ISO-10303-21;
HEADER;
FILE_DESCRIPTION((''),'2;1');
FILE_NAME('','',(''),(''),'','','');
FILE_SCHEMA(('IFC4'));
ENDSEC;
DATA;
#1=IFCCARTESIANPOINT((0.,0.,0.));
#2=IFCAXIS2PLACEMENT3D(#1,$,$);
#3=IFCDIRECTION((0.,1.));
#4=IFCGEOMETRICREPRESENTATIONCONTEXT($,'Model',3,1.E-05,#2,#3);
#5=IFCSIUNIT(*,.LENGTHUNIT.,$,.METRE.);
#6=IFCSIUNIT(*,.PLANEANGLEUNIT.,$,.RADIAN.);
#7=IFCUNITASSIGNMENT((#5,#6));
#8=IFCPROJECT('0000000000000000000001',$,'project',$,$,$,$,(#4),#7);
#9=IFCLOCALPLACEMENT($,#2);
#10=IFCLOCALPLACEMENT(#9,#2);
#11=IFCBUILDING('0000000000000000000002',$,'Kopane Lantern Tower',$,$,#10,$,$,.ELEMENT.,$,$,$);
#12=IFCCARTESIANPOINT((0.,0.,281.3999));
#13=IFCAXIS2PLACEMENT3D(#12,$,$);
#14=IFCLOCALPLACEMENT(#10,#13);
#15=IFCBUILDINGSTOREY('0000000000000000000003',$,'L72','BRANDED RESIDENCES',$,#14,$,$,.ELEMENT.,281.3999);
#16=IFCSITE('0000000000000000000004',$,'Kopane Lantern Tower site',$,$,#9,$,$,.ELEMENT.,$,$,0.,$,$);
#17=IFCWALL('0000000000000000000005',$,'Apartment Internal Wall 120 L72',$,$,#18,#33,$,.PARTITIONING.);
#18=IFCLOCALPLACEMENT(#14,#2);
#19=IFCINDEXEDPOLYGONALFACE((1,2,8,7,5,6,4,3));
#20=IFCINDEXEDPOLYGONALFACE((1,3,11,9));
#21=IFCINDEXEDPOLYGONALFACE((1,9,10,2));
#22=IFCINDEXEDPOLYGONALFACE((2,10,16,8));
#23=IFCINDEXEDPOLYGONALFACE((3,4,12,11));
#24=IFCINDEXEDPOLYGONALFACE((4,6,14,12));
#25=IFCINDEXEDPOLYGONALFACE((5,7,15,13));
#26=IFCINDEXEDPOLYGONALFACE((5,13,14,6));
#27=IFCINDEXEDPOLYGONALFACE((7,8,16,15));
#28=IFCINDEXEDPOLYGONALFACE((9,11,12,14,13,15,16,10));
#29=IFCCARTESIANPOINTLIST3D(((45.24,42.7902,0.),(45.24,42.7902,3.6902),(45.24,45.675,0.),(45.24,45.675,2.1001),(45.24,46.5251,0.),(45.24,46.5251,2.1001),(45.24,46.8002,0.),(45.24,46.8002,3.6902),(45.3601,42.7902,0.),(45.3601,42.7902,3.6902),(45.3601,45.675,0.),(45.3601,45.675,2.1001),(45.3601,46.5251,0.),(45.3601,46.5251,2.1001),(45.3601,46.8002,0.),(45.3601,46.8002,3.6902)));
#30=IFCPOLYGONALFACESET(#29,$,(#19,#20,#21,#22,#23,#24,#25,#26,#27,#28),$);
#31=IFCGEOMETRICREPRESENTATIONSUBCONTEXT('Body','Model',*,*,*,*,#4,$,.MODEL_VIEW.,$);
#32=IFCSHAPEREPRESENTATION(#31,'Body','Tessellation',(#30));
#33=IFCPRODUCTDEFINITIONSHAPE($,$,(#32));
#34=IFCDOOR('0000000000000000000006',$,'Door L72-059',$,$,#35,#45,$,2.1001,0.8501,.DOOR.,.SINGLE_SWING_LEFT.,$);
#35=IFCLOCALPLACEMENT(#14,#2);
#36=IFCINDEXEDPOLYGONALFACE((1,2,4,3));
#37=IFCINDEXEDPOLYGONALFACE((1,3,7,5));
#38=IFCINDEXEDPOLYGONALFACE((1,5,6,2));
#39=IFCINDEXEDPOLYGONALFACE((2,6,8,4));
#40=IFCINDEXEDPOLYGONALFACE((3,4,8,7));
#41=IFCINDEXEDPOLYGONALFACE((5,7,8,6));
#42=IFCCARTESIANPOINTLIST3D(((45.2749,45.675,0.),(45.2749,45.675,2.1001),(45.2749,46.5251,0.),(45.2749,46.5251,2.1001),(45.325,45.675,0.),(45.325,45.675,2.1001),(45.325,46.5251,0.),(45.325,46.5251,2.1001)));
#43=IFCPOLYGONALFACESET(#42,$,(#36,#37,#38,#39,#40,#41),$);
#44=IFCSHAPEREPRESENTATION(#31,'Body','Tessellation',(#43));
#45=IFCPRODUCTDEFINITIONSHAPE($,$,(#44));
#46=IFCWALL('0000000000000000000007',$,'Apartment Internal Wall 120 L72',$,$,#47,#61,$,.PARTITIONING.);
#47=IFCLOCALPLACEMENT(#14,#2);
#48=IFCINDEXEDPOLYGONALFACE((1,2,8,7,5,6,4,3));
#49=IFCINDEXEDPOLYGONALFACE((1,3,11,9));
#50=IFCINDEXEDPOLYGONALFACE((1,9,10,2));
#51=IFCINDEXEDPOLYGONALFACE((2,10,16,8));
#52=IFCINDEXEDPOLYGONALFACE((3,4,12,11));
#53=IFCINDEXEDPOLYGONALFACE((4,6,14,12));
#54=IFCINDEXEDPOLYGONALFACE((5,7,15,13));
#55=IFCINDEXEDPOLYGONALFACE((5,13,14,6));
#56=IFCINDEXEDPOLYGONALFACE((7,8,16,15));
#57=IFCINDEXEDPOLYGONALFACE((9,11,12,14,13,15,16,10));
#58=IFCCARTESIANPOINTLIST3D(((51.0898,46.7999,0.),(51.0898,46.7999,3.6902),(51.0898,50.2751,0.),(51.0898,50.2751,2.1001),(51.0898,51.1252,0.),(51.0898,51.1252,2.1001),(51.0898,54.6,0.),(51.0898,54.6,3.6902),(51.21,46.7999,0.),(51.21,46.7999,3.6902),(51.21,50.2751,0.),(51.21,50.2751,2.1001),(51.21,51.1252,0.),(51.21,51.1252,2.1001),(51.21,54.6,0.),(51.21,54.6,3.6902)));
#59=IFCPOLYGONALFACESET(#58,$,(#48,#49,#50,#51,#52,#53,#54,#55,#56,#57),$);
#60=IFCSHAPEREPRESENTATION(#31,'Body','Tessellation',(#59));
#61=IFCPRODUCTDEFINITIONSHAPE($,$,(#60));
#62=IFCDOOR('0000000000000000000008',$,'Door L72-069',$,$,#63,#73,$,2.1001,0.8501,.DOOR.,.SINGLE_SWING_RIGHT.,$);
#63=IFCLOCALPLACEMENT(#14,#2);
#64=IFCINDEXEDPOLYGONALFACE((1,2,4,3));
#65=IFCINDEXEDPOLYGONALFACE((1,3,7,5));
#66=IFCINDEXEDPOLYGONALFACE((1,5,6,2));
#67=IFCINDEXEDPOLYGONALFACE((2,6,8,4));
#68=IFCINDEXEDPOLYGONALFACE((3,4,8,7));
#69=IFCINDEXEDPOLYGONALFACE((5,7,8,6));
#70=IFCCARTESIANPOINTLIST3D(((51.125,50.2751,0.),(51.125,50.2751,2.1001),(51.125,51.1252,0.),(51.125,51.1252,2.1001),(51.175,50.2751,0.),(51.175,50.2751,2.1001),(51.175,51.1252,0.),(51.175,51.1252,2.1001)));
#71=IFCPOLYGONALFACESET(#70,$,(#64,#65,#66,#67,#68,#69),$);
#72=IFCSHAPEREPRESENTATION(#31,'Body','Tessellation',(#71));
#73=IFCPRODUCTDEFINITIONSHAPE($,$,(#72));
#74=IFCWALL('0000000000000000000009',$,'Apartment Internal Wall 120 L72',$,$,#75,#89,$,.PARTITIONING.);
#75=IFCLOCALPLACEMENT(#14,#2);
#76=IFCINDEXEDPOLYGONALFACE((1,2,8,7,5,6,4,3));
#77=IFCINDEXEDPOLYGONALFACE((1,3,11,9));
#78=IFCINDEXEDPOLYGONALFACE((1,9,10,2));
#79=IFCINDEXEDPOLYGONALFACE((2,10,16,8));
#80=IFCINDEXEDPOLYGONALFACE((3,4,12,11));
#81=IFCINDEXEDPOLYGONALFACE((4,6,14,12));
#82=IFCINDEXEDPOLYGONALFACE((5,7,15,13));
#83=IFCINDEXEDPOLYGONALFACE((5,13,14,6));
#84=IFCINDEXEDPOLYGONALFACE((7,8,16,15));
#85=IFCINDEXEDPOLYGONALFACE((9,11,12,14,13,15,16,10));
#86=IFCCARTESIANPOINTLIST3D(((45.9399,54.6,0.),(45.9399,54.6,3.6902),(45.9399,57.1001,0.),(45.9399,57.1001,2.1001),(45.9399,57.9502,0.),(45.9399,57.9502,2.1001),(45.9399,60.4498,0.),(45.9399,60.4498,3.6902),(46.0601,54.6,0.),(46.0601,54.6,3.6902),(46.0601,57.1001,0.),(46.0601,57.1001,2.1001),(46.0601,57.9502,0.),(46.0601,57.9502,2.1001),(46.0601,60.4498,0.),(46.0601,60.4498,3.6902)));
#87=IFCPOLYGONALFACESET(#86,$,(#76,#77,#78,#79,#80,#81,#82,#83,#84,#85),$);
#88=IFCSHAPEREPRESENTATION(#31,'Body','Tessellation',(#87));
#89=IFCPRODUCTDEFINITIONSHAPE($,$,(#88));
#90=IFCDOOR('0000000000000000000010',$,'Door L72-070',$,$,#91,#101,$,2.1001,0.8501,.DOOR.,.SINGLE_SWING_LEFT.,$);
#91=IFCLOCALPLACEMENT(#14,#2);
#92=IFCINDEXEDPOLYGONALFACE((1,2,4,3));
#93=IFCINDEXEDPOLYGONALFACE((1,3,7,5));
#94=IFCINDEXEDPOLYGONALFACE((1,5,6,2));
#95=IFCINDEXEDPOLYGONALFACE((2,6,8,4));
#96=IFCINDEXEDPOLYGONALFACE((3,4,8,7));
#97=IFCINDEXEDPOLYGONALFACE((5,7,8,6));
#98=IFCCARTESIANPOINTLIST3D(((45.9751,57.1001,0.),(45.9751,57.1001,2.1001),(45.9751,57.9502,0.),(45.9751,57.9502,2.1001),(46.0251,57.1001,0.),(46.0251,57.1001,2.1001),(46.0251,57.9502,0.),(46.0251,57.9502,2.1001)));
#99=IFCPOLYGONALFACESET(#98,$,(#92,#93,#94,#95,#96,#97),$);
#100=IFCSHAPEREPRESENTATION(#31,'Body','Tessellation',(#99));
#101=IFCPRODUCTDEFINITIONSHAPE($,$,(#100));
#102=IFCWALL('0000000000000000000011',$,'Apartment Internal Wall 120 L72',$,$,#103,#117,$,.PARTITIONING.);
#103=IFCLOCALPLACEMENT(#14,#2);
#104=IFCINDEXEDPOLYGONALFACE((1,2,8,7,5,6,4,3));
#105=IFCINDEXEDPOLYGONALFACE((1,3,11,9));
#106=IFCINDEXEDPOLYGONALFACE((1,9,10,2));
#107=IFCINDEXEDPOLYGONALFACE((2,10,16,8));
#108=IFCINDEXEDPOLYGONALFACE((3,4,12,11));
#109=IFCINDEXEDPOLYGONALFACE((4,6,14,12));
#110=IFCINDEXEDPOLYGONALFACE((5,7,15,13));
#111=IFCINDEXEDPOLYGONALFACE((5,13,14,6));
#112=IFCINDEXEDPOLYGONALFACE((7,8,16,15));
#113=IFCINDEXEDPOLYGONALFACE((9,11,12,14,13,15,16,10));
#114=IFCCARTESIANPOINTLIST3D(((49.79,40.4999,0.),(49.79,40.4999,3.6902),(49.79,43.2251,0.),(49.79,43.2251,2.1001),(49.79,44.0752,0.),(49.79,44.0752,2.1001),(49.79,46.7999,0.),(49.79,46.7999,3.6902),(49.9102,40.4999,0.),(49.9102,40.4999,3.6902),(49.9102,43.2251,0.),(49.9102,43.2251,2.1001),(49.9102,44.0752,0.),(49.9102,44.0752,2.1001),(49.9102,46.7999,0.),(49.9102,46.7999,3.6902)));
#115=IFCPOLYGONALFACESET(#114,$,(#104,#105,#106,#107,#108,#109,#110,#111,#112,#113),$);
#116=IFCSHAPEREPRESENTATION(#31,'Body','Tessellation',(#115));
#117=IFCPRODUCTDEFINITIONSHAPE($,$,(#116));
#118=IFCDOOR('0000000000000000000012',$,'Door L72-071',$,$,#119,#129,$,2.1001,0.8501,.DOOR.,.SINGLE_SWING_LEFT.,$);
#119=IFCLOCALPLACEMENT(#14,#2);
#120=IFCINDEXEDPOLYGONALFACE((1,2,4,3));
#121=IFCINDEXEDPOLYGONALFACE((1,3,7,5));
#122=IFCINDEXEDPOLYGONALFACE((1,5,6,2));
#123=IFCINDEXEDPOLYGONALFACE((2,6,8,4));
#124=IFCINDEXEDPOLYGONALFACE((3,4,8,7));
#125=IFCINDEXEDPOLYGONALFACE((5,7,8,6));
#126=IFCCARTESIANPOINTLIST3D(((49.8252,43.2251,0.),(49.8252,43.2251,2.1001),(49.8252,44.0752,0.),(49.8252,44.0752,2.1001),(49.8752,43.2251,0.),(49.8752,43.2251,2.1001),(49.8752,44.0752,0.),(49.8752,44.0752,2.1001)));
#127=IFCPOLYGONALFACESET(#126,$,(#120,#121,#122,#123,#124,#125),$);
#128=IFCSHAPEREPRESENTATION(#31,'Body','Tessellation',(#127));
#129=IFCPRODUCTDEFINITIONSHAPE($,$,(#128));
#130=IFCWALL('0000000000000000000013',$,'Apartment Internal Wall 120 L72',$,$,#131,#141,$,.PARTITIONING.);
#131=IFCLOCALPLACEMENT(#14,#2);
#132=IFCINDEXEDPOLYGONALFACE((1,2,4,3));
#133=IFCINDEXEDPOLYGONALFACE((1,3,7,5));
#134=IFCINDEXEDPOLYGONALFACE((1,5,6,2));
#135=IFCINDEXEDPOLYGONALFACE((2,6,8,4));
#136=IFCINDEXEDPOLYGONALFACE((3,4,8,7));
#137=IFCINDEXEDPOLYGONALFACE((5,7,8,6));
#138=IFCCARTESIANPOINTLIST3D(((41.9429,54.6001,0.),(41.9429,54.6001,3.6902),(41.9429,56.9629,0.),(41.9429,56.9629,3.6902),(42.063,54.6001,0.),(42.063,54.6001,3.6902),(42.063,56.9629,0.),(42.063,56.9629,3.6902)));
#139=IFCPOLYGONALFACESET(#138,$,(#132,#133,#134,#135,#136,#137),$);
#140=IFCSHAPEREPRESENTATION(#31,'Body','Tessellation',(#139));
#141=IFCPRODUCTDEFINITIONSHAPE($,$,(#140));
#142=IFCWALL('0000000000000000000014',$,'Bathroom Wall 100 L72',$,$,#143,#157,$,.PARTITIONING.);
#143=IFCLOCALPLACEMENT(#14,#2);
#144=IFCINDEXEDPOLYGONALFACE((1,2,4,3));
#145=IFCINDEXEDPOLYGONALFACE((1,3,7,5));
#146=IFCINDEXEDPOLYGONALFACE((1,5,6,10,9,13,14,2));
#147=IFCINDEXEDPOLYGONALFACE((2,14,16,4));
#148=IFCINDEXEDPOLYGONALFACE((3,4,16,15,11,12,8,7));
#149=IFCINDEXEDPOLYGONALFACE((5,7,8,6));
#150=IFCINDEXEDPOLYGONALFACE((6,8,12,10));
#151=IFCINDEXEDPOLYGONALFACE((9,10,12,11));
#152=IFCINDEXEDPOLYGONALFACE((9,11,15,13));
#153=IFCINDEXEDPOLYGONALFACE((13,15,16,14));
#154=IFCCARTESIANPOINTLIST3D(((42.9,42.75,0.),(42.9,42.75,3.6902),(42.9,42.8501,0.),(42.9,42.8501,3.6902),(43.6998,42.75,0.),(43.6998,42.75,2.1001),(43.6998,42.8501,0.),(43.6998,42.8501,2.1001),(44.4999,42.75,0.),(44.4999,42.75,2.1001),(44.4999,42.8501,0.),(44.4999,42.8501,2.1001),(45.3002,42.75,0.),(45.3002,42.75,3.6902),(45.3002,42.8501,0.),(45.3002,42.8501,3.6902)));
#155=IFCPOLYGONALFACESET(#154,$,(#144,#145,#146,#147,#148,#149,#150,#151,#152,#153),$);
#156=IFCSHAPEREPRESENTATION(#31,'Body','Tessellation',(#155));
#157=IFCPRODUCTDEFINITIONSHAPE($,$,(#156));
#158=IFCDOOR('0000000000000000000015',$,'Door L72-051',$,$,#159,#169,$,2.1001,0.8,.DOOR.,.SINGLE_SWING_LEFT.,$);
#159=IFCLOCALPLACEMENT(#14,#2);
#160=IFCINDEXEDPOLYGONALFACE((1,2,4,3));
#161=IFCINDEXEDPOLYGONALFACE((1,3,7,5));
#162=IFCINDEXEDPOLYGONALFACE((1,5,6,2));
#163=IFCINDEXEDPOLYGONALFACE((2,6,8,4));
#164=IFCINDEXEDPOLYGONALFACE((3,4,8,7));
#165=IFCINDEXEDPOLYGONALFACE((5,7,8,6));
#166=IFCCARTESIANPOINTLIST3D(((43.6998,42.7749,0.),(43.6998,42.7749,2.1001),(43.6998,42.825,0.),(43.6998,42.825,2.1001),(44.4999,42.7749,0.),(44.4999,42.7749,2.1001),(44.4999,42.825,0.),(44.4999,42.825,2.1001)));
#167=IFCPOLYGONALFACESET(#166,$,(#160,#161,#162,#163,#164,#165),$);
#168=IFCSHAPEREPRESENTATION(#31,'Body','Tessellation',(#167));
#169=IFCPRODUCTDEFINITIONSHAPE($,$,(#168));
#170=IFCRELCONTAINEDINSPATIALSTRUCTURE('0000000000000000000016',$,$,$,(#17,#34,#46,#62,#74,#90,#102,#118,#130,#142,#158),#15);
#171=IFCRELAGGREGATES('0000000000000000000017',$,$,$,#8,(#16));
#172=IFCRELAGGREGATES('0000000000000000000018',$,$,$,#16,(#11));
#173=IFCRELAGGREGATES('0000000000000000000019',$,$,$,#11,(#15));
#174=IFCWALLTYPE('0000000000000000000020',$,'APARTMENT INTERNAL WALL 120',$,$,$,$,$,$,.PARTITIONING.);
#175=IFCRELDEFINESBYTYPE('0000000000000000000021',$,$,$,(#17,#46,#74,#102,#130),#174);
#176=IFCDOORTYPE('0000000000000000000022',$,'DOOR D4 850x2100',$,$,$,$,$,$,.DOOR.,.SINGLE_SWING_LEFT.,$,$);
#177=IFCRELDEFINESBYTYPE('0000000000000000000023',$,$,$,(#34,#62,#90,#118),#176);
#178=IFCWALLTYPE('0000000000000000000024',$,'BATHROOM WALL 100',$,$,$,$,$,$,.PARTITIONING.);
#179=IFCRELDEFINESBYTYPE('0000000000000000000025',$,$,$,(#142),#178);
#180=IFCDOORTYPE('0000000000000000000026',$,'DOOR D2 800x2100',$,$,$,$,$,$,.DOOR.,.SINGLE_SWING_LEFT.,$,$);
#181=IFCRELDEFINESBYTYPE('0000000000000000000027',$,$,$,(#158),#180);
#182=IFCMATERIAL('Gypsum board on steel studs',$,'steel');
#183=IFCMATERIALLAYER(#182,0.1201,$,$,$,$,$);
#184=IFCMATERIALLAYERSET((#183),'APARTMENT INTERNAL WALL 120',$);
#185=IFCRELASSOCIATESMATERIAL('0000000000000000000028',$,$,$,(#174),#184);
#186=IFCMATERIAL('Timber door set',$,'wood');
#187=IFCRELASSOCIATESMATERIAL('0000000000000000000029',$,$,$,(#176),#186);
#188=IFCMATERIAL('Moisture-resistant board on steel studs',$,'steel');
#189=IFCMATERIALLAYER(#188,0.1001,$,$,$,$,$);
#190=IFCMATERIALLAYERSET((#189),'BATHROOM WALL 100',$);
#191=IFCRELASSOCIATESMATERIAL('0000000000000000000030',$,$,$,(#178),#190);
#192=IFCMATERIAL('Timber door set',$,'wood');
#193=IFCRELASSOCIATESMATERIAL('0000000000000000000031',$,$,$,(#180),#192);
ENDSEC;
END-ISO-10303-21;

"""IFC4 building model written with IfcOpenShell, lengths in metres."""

from ifc_helpers import new_model, si_unit, direction, frame, frame_2d, origin, place, context, subcontext, project, spatial, rectangle, extrude, material, layer, layer_set, type_object, element, fill, save


model = new_model("IFC4")

# Units and contexts
model_context = context("Model", 3, precision=1e-05, world=origin(), true_north=direction((0.0, 1.0)))
body_context = subcontext(model_context, "Body", "Model", "MODEL_VIEW")
ifc_project = project(units=[si_unit("LENGTHUNIT", "METRE"), si_unit("PLANEANGLEUNIT", "RADIAN")], contexts=[model_context])

# Site, building, storey
site_placement = place(None, origin())
site = spatial("IfcSite", under=ifc_project, at=site_placement, Name="Kopane Lantern Tower site", CompositionType="ELEMENT", RefElevation=0.0)
building_placement = place(site_placement, origin())
building = spatial("IfcBuilding", under=site, at=building_placement, Name="Kopane Lantern Tower", CompositionType="ELEMENT")
storey_placement = place(building_placement, frame((0.0, 0.0, 281.3999)))
storey = spatial("IfcBuildingStorey", under=building, at=storey_placement, Name="L72", Description="BRANDED RESIDENCES", CompositionType="ELEMENT", Elevation=281.3999)

# Shared definitions
ifc_material_1 = material(Name="Gypsum board on steel studs", Category="steel")
ifc_layer_1 = layer(ifc_material_1, 0.1201)
ifc_layer_set_1 = layer_set([ifc_layer_1], Name="APARTMENT INTERNAL WALL 120")
wall_type_1 = type_object("IfcWallType", Name="APARTMENT INTERNAL WALL 120", PredefinedType="PARTITIONING", material=ifc_layer_set_1)
ifc_material_2 = material(Name="Timber door set", Category="wood")
door_type_1 = type_object("IfcDoorType", Name="DOOR D4 850x2100", OperationType="SINGLE_SWING_LEFT", PredefinedType="DOOR", material=ifc_material_2)

# Walls, openings, doors
wall_1_placement = place(storey_placement, frame((45.3, 46.8, 0.0), z_axis=(0.0, 0.0, 1.0), x_axis=(0.0, -1.0, 0.0)))
wall_1 = element("IfcWall", 1, at=wall_1_placement, inside=storey, type_object=wall_type_1, Name="Apartment Internal Wall 120 L72", PredefinedType="PARTITIONING", context=body_context, shape_type="SweptSolid", body=[
    extrude(rectangle(XDim=4.01, YDim=0.1201, at=frame_2d((2.0049, 0.0))), origin(), (0.0, 0.0, 1.0), 3.6902),
])
opening_1_placement = place(wall_1_placement, frame((0.2749, 0.0, 0.0)))
opening_1 = element("IfcOpeningElement", 2, at=opening_1_placement, cuts=wall_1, PredefinedType="OPENING", context=body_context, shape_type="SweptSolid", body=[
    extrude(rectangle(XDim=0.8501, YDim=2.1001, at=frame_2d((0.425, 1.05))), frame((0.0, 0.0701, 0.0), z_axis=(0.0, -1.0, 0.0), x_axis=(1.0, 0.0, 0.0)), (0.0, 0.0, 1.0), 0.1401),
])
door_1_placement = place(opening_1_placement, origin())
door_1 = element("IfcDoor", 3, at=door_1_placement, inside=storey, type_object=door_type_1, Name="Door L72-059", OperationType="SINGLE_SWING_LEFT", OverallHeight=2.1001, OverallWidth=0.8501, PredefinedType="DOOR", context=body_context, shape_type="SweptSolid", body=[
    extrude(rectangle(XDim=0.8501, YDim=2.1001, at=frame_2d((0.425, 1.05))), frame((0.0, 0.0249, 0.0), z_axis=(0.0, -1.0, 0.0), x_axis=(1.0, 0.0, 0.0)), (0.0, 0.0, 1.0), 0.05),
])
fill(opening_1, door_1)
wall_2_placement = place(storey_placement, frame((51.1499, 46.8, 0.0), z_axis=(0.0, 0.0, 1.0), x_axis=(0.0, 1.0, 0.0)))
wall_2 = element("IfcWall", 4, at=wall_2_placement, inside=storey, type_object=wall_type_1, Name="Apartment Internal Wall 120 L72", PredefinedType="PARTITIONING", context=body_context, shape_type="SweptSolid", body=[
    extrude(rectangle(XDim=7.8, YDim=0.1201, at=frame_2d((3.8999, 0.0))), origin(), (0.0, 0.0, 1.0), 3.6902),
])
opening_2_placement = place(wall_2_placement, frame((3.4751, 0.0, 0.0)))
opening_2 = element("IfcOpeningElement", 5, at=opening_2_placement, cuts=wall_2, PredefinedType="OPENING", context=body_context, shape_type="SweptSolid", body=[
    extrude(rectangle(XDim=0.8501, YDim=2.1001, at=frame_2d((0.425, 1.05))), frame((0.0, 0.0701, 0.0), z_axis=(0.0, -1.0, 0.0), x_axis=(1.0, 0.0, 0.0)), (0.0, 0.0, 1.0), 0.1401),
])
door_2_placement = place(opening_2_placement, origin())
door_2 = element("IfcDoor", 6, at=door_2_placement, inside=storey, type_object=door_type_1, Name="Door L72-069", OperationType="SINGLE_SWING_RIGHT", OverallHeight=2.1001, OverallWidth=0.8501, PredefinedType="DOOR", context=body_context, shape_type="SweptSolid", body=[
    extrude(rectangle(XDim=0.8501, YDim=2.1001, at=frame_2d((0.425, 1.05))), frame((0.0, 0.0249, 0.0), z_axis=(0.0, -1.0, 0.0), x_axis=(1.0, 0.0, 0.0)), (0.0, 0.0, 1.0), 0.05),
])
fill(opening_2, door_2)
wall_3_placement = place(storey_placement, frame((46.0, 54.6001, 0.0), z_axis=(0.0, 0.0, 1.0), x_axis=(0.0, 1.0, 0.0)))
wall_3 = element("IfcWall", 7, at=wall_3_placement, inside=storey, type_object=wall_type_1, Name="Apartment Internal Wall 120 L72", PredefinedType="PARTITIONING", context=body_context, shape_type="SweptSolid", body=[
    extrude(rectangle(XDim=5.8499, YDim=0.1201, at=frame_2d((2.9248, 0.0))), origin(), (0.0, 0.0, 1.0), 3.6902),
])
opening_3_placement = place(wall_3_placement, frame((2.5, 0.0, 0.0)))
opening_3 = element("IfcOpeningElement", 8, at=opening_3_placement, cuts=wall_3, PredefinedType="OPENING", context=body_context, shape_type="SweptSolid", body=[
    extrude(rectangle(XDim=0.8501, YDim=2.1001, at=frame_2d((0.425, 1.05))), frame((0.0, 0.0701, 0.0), z_axis=(0.0, -1.0, 0.0), x_axis=(1.0, 0.0, 0.0)), (0.0, 0.0, 1.0), 0.1401),
])
door_3_placement = place(opening_3_placement, origin())
door_3 = element("IfcDoor", 9, at=door_3_placement, inside=storey, type_object=door_type_1, Name="Door L72-070", OperationType="SINGLE_SWING_LEFT", OverallHeight=2.1001, OverallWidth=0.8501, PredefinedType="DOOR", context=body_context, shape_type="SweptSolid", body=[
    extrude(rectangle(XDim=0.8501, YDim=2.1001, at=frame_2d((0.425, 1.05))), frame((0.0, 0.0249, 0.0), z_axis=(0.0, -1.0, 0.0), x_axis=(1.0, 0.0, 0.0)), (0.0, 0.0, 1.0), 0.05),
])
fill(opening_3, door_3)
wall_4_placement = place(storey_placement, frame((49.8501, 40.5, 0.0), z_axis=(0.0, 0.0, 1.0), x_axis=(0.0, 1.0, 0.0)))
wall_4 = element("IfcWall", 10, at=wall_4_placement, inside=storey, type_object=wall_type_1, Name="Apartment Internal Wall 120 L72", PredefinedType="PARTITIONING", context=body_context, shape_type="SweptSolid", body=[
    extrude(rectangle(XDim=6.3, YDim=0.1201, at=frame_2d((3.1499, 0.0))), origin(), (0.0, 0.0, 1.0), 3.6902),
])
opening_4_placement = place(wall_4_placement, frame((2.7251, 0.0, 0.0)))
opening_4 = element("IfcOpeningElement", 11, at=opening_4_placement, cuts=wall_4, PredefinedType="OPENING", context=body_context, shape_type="SweptSolid", body=[
    extrude(rectangle(XDim=0.8501, YDim=2.1001, at=frame_2d((0.425, 1.05))), frame((0.0, 0.0701, 0.0), z_axis=(0.0, -1.0, 0.0), x_axis=(1.0, 0.0, 0.0)), (0.0, 0.0, 1.0), 0.1401),
])
door_4_placement = place(opening_4_placement, origin())
door_4 = element("IfcDoor", 12, at=door_4_placement, inside=storey, type_object=door_type_1, Name="Door L72-071", OperationType="SINGLE_SWING_LEFT", OverallHeight=2.1001, OverallWidth=0.8501, PredefinedType="DOOR", context=body_context, shape_type="SweptSolid", body=[
    extrude(rectangle(XDim=0.8501, YDim=2.1001, at=frame_2d((0.425, 1.05))), frame((0.0, 0.0249, 0.0), z_axis=(0.0, -1.0, 0.0), x_axis=(1.0, 0.0, 0.0)), (0.0, 0.0, 1.0), 0.05),
])
fill(opening_4, door_4)

# Wall
wall_5_placement = place(storey_placement, frame((42.0029, 54.6001, 0.0), z_axis=(0.0, 0.0, 1.0), x_axis=(0.0, 1.0, 0.0)))
element("IfcWall", 13, at=wall_5_placement, inside=storey, type_object=wall_type_1, Name="Apartment Internal Wall 120 L72", PredefinedType="PARTITIONING", context=body_context, shape_type="SweptSolid", body=[
    extrude(rectangle(XDim=2.3628, YDim=0.1201, at=frame_2d((1.1814, 0.0))), origin(), (0.0, 0.0, 1.0), 3.6902),
])

# Wall, opening, door
ifc_material_3 = material(Name="Moisture-resistant board on steel studs", Category="steel")
ifc_layer_2 = layer(ifc_material_3, 0.1001)
ifc_layer_set_2 = layer_set([ifc_layer_2], Name="BATHROOM WALL 100")
wall_type_2 = type_object("IfcWallType", Name="BATHROOM WALL 100", PredefinedType="PARTITIONING", material=ifc_layer_set_2)
wall_6_placement = place(storey_placement, frame((42.8999, 42.8, 0.0), z_axis=(0.0, 0.0, 1.0), x_axis=(1.0, 0.0, 0.0)))
wall_6 = element("IfcWall", 14, at=wall_6_placement, inside=storey, type_object=wall_type_2, Name="Bathroom Wall 100 L72", PredefinedType="PARTITIONING", context=body_context, shape_type="SweptSolid", body=[
    extrude(rectangle(XDim=2.4001, YDim=0.1001, at=frame_2d((1.2002, 0.0))), origin(), (0.0, 0.0, 1.0), 3.6902),
])
opening_5_placement = place(wall_6_placement, frame((0.8, 0.0, 0.0)))
opening_5 = element("IfcOpeningElement", 15, at=opening_5_placement, cuts=wall_6, PredefinedType="OPENING", context=body_context, shape_type="SweptSolid", body=[
    extrude(rectangle(XDim=0.8, YDim=2.1001, at=frame_2d((0.3999, 1.05))), frame((0.0, 0.0601, 0.0), z_axis=(0.0, -1.0, 0.0), x_axis=(1.0, 0.0, 0.0)), (0.0, 0.0, 1.0), 0.1201),
])
ifc_material_4 = material(Name="Timber door set", Category="wood")
door_type_2 = type_object("IfcDoorType", Name="DOOR D2 800x2100", OperationType="SINGLE_SWING_LEFT", PredefinedType="DOOR", material=ifc_material_4)
door_5_placement = place(opening_5_placement, origin())
door_5 = element("IfcDoor", 16, at=door_5_placement, inside=storey, type_object=door_type_2, Name="Door L72-051", OperationType="SINGLE_SWING_LEFT", OverallHeight=2.1001, OverallWidth=0.8, PredefinedType="DOOR", context=body_context, shape_type="SweptSolid", body=[
    extrude(rectangle(XDim=0.8, YDim=2.1001, at=frame_2d((0.3999, 1.05))), frame((0.0, 0.0249, 0.0), z_axis=(0.0, -1.0, 0.0), x_axis=(1.0, 0.0, 0.0)), (0.0, 0.0, 1.0), 0.05),
])
fill(opening_5, door_5)

save(model, "model.ifc")
